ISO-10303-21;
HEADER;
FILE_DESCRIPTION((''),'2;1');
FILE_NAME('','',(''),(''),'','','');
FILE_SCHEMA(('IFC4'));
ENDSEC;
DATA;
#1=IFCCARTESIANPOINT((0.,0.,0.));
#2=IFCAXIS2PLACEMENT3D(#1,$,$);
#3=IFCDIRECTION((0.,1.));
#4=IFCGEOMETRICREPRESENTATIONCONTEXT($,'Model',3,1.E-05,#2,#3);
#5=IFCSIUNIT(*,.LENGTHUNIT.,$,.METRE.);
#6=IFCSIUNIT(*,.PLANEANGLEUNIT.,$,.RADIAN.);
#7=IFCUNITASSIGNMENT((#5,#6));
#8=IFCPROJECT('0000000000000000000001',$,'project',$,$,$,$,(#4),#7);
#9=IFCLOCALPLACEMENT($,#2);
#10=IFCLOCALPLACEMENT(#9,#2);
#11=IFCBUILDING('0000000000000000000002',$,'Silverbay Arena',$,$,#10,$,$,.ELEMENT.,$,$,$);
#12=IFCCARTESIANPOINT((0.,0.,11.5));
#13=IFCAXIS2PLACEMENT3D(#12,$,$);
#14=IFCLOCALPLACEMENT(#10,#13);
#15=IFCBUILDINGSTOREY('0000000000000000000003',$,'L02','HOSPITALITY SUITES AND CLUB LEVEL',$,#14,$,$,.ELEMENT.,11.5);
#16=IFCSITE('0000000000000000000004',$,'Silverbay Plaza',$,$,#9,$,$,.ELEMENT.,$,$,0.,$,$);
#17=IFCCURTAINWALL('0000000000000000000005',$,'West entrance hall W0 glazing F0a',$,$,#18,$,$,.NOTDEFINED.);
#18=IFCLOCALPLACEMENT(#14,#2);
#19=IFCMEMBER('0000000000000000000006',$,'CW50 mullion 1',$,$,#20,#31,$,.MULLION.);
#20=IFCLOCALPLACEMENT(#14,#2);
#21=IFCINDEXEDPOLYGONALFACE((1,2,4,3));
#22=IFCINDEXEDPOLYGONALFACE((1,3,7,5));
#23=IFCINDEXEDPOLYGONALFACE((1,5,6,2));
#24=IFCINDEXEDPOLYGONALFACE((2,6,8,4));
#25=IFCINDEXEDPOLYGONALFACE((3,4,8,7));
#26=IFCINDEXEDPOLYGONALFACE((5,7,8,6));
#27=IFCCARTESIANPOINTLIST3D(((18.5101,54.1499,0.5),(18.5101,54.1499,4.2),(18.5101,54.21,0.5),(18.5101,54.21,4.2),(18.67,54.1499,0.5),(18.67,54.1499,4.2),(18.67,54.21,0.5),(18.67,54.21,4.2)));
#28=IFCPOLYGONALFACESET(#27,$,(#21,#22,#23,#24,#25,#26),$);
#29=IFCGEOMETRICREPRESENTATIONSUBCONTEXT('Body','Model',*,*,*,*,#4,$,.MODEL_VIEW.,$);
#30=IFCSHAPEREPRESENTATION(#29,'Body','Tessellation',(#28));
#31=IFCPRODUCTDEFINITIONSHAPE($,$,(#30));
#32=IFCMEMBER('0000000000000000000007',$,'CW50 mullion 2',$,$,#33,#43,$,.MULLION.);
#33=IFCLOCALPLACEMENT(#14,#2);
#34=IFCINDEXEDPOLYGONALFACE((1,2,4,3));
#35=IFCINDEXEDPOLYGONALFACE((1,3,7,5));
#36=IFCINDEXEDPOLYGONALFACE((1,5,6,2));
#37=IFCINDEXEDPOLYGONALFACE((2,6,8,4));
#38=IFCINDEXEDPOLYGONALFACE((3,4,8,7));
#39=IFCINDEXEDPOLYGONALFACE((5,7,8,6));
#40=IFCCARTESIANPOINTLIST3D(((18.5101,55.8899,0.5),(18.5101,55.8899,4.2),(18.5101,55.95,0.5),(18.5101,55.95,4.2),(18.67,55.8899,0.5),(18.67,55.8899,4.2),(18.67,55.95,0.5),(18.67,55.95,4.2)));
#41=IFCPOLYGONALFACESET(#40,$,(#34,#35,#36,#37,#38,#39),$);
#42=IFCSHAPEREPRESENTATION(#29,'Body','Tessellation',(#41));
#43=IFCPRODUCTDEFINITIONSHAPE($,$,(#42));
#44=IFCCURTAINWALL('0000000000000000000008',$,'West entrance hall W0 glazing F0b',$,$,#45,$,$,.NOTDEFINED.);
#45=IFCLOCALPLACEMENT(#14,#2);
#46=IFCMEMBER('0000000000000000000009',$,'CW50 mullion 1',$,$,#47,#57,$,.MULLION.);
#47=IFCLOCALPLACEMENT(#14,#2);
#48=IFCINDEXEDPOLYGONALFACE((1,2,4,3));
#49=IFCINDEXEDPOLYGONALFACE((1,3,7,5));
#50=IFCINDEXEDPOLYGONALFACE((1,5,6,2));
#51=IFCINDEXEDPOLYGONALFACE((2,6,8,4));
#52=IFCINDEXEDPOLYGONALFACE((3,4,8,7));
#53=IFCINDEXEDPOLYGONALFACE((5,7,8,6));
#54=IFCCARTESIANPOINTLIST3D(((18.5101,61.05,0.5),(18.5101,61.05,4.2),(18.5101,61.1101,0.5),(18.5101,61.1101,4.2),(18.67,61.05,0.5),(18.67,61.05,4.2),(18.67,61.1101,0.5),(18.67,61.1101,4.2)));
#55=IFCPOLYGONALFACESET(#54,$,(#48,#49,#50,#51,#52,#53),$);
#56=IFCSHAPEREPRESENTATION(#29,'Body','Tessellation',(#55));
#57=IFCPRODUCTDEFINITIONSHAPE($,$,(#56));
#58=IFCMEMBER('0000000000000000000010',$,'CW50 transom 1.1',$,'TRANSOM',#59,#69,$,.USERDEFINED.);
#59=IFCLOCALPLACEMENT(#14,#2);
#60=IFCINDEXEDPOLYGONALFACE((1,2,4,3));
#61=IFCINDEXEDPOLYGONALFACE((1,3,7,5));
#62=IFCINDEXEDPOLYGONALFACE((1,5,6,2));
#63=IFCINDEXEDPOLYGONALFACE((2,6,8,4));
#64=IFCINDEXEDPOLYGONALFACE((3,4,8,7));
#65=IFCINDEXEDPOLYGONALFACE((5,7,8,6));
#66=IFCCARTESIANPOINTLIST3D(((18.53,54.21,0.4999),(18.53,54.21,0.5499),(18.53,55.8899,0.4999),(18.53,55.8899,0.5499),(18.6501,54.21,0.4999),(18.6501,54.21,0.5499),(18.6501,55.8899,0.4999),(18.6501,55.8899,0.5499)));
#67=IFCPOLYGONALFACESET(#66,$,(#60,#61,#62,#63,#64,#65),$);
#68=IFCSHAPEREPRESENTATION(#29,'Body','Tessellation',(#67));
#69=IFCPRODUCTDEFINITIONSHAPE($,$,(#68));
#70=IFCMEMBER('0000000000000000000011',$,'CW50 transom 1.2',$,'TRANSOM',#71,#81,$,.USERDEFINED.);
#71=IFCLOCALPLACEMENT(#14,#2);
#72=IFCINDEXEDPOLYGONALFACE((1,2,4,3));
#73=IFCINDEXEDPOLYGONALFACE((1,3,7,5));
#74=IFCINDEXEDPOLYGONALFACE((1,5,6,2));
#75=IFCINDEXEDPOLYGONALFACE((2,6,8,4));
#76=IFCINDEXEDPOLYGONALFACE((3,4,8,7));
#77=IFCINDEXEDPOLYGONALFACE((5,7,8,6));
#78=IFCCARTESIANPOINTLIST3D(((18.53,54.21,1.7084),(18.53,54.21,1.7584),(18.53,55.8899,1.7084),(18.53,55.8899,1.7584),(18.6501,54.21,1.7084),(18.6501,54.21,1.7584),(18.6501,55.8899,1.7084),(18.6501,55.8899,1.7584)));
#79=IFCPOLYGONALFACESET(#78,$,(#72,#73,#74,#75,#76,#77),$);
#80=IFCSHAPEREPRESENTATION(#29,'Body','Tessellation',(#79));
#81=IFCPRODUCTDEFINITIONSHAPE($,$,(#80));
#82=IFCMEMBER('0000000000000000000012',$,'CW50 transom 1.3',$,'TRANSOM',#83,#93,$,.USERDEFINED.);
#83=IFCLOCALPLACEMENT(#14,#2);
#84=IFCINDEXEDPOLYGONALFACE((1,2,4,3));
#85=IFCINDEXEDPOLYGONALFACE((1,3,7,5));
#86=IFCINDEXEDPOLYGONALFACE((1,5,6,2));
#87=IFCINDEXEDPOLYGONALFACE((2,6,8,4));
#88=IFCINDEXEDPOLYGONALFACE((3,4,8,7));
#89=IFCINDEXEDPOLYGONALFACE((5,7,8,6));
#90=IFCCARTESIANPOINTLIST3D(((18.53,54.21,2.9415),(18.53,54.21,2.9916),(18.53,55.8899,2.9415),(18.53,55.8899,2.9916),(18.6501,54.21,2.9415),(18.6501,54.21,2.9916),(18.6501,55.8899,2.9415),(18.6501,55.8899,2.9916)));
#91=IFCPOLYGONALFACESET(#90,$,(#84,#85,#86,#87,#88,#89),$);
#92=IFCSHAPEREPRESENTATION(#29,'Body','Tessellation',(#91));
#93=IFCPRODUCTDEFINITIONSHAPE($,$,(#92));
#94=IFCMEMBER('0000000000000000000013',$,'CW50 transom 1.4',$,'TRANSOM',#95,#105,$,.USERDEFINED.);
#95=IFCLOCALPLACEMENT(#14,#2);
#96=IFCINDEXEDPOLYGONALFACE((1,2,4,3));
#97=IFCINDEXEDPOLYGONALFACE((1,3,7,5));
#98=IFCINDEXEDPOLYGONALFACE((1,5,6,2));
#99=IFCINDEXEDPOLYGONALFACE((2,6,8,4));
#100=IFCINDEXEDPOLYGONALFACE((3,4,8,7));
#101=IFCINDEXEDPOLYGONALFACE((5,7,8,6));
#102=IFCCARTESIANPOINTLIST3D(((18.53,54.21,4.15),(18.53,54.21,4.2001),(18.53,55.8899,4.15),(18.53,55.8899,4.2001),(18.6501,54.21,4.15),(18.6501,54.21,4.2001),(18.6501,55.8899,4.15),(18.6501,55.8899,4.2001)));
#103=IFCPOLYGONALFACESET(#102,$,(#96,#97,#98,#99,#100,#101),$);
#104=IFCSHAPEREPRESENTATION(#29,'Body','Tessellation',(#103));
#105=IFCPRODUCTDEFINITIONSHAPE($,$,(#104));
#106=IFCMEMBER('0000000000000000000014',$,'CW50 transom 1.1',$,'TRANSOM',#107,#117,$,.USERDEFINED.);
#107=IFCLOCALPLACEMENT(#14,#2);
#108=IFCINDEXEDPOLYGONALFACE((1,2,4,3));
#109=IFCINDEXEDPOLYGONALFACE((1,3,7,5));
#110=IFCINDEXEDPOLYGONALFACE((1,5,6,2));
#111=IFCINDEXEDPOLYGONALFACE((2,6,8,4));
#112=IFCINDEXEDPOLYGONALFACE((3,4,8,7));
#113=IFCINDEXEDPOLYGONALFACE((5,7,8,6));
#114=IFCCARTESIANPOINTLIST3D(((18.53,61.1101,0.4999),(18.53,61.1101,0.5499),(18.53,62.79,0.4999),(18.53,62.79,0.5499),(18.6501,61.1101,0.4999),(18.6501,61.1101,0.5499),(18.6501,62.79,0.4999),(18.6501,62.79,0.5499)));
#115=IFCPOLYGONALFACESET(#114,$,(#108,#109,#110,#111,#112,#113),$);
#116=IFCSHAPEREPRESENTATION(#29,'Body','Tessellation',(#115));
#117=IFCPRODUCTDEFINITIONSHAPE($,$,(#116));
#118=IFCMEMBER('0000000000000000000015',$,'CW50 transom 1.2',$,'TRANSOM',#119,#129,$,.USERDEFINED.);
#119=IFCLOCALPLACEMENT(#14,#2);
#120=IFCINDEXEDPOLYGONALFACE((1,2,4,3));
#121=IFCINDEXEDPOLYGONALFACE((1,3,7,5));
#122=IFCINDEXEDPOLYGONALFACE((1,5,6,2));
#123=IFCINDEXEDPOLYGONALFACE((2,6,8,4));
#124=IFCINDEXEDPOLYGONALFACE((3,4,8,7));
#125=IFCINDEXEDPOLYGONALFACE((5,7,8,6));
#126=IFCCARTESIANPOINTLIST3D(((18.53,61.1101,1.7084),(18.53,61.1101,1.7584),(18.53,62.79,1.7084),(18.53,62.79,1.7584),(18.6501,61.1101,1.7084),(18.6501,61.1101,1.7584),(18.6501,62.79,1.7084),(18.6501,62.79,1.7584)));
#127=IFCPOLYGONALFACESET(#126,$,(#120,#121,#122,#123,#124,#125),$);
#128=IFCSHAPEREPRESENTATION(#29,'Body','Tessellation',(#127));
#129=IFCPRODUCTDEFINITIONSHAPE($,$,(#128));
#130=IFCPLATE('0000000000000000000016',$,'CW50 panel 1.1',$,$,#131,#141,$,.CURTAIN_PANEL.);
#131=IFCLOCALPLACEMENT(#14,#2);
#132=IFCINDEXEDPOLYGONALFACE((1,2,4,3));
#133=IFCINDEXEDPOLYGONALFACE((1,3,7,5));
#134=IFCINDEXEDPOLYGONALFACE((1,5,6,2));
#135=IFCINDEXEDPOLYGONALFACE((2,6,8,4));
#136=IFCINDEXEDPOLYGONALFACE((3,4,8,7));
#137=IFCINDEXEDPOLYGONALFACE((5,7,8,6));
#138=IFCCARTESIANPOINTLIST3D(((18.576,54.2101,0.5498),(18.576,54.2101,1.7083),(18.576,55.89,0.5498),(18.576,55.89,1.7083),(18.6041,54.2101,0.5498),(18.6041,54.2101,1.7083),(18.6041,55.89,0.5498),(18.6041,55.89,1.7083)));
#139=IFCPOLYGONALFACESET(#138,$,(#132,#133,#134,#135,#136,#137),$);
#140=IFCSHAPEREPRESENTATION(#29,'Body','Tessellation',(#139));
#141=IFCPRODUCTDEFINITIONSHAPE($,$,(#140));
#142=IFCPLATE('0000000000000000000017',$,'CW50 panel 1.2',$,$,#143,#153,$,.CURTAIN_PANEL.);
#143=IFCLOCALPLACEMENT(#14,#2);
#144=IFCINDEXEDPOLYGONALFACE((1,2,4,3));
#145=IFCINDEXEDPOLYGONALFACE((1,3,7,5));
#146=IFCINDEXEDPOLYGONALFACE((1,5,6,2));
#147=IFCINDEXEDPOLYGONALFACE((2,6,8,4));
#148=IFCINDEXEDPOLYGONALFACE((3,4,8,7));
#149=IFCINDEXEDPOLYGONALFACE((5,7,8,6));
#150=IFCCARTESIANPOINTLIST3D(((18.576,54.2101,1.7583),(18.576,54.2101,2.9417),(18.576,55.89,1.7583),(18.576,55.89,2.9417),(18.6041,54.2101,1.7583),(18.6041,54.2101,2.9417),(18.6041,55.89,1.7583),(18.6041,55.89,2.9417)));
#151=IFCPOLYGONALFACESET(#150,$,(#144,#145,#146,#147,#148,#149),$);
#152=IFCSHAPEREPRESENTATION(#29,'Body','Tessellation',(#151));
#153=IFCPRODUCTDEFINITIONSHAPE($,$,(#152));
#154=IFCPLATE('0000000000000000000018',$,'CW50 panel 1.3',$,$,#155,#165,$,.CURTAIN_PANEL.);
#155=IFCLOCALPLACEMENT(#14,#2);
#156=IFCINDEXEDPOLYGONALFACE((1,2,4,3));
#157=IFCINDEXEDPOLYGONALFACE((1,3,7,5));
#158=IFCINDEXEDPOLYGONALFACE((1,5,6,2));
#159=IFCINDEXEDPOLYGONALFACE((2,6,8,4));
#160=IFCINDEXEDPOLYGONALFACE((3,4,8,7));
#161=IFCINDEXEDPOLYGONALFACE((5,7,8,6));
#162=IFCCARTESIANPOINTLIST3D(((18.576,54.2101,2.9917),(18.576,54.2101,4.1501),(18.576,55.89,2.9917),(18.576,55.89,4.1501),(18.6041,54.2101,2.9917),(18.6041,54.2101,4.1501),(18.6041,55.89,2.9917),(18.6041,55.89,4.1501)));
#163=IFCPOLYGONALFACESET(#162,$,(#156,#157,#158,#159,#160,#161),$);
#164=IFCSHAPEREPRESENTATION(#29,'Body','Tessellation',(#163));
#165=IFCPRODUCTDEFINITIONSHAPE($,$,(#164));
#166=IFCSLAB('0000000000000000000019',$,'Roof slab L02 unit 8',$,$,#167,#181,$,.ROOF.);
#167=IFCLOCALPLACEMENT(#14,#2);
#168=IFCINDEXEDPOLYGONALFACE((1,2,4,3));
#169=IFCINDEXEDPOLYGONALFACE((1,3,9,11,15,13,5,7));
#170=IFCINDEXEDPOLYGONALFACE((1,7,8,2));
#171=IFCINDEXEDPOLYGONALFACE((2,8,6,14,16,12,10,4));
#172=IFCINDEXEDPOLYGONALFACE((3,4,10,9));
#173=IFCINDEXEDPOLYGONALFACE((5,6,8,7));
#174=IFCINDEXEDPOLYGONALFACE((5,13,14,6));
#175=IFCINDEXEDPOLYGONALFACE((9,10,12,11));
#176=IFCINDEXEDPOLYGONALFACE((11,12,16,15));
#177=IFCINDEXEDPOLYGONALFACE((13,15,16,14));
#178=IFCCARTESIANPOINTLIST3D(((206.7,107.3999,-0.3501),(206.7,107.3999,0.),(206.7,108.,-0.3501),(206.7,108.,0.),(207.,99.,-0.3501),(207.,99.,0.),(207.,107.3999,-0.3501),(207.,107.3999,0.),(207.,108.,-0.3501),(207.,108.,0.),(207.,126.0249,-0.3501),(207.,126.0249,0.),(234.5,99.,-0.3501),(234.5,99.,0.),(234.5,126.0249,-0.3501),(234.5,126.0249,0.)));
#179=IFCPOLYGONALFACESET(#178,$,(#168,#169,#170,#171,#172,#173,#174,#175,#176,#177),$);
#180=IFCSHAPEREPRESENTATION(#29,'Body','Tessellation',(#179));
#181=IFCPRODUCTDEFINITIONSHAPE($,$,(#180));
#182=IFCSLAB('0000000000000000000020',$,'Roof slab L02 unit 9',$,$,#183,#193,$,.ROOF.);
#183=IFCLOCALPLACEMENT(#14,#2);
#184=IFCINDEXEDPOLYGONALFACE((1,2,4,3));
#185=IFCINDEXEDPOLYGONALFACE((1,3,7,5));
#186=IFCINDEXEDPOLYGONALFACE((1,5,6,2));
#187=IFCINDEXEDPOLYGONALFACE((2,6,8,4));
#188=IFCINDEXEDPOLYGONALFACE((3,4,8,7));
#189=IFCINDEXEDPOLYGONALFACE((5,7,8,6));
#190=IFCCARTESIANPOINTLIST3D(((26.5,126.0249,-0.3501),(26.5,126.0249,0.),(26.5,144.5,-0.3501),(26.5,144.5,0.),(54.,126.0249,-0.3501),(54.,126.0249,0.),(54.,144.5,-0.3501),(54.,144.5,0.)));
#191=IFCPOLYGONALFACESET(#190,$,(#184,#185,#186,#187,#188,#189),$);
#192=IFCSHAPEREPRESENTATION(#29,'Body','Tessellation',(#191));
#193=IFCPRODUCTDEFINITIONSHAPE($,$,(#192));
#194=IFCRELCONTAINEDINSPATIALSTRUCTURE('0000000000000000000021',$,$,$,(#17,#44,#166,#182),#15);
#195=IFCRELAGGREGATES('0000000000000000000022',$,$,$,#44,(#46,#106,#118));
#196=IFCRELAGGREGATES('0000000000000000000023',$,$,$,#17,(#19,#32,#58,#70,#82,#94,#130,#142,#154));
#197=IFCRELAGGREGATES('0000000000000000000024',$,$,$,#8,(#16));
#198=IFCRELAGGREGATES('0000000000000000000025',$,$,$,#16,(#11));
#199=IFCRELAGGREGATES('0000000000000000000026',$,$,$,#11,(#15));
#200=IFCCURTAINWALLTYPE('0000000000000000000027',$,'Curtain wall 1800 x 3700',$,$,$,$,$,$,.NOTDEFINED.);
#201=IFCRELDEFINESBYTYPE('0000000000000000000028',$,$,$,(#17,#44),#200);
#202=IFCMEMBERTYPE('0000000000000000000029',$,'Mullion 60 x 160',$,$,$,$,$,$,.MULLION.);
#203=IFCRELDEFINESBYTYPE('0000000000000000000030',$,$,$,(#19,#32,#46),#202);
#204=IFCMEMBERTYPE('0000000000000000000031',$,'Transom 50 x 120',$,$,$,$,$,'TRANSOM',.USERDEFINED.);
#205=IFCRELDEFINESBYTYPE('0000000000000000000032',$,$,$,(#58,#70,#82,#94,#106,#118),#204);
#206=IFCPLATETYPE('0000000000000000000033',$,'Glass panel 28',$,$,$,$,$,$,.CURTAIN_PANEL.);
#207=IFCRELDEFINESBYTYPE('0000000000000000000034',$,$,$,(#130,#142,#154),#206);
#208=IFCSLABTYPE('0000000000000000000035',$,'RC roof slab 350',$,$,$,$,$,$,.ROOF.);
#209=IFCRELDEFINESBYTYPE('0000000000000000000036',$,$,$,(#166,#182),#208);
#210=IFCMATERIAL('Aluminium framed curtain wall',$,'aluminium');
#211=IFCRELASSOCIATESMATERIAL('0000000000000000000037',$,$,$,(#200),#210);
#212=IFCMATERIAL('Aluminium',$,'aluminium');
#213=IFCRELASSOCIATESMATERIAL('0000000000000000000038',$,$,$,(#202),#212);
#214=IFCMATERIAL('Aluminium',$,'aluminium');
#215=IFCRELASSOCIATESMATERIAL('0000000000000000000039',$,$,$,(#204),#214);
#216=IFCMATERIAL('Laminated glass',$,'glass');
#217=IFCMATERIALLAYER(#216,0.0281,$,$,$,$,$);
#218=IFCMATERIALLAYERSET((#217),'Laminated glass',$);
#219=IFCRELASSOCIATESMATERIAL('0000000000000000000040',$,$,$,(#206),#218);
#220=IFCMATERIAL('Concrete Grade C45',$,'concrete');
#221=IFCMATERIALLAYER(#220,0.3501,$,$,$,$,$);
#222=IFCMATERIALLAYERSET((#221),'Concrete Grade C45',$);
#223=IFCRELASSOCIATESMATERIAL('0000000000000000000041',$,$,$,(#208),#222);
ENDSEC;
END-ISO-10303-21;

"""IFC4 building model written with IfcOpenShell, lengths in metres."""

from ifc_helpers import new_model, si_unit, direction, frame, origin, origin_2d, place, context, subcontext, project, spatial, polyline, rectangle, outline, extrude, material, layer, layer_set, material_profile, profile_set, type_object, element, aggregate, save


model = new_model("IFC4")

# Units and contexts
model_context = context("Model", 3, precision=1e-05, world=origin(), true_north=direction((0.0, 1.0)))
body_context = subcontext(model_context, "Body", "Model", "MODEL_VIEW")
ifc_project = project(units=[si_unit("LENGTHUNIT", "METRE"), si_unit("PLANEANGLEUNIT", "RADIAN")], contexts=[model_context])

# Site, building, storey
site_placement = place(None, origin())
site = spatial("IfcSite", under=ifc_project, at=site_placement, Name="Silverbay Plaza", CompositionType="ELEMENT", RefElevation=0.0)
building_placement = place(site_placement, origin())
building = spatial("IfcBuilding", under=site, at=building_placement, Name="Silverbay Arena", CompositionType="ELEMENT")
storey_placement = place(building_placement, frame((0.0, 0.0, 11.5)))
storey = spatial("IfcBuildingStorey", under=building, at=storey_placement, Name="L02", Description="HOSPITALITY SUITES AND CLUB LEVEL", CompositionType="ELEMENT", Elevation=11.5)

# Curtain wall, members
ifc_material_1 = material(Name="Aluminium framed curtain wall", Category="aluminium")
curtain_wall_type = type_object("IfcCurtainWallType", Name="Curtain wall 1800 x 3700", PredefinedType="NOTDEFINED", material=ifc_material_1)
curtain_wall_1_placement = place(storey_placement, origin())
curtain_wall_1 = element("IfcCurtainWall", 1, at=curtain_wall_1_placement, inside=storey, type_object=curtain_wall_type, Name="West entrance hall W0 glazing F0a", PredefinedType="NOTDEFINED")
ifc_material_2 = material(Name="Aluminium", Category="aluminium")
ifc_material_profile_1 = material_profile(ifc_material_2, rectangle(XDim=0.1599, YDim=0.0601, at=origin_2d()), Name="Mullion 60 x 160")
ifc_profile_set_1 = profile_set([ifc_material_profile_1], Name="Aluminium")
member_type_1 = type_object("IfcMemberType", Name="Mullion 60 x 160", PredefinedType="MULLION", material=ifc_profile_set_1)
member_1_placement = place(storey_placement, frame((18.5901, 54.1799, 0.5), z_axis=(0.0, 0.0, 1.0), x_axis=(-1.0, 0.0, 0.0)))
member_1 = element("IfcMember", 2, at=member_1_placement, type_object=member_type_1, Name="CW50 mullion 1", PredefinedType="MULLION", context=body_context, shape_type="SweptSolid", body=[
    extrude(rectangle(XDim=0.1599, YDim=0.0601, at=origin_2d()), origin(), (0.0, 0.0, 1.0), 3.7),
])
member_2_placement = place(storey_placement, frame((18.5901, 55.9199, 0.5), z_axis=(0.0, 0.0, 1.0), x_axis=(-1.0, 0.0, 0.0)))
member_2 = element("IfcMember", 3, at=member_2_placement, type_object=member_type_1, Name="CW50 mullion 2", PredefinedType="MULLION", context=body_context, shape_type="SweptSolid", body=[
    extrude(rectangle(XDim=0.1599, YDim=0.0601, at=origin_2d()), origin(), (0.0, 0.0, 1.0), 3.7),
])

# Curtain wall, member
curtain_wall_2_placement = place(storey_placement, origin())
curtain_wall_2 = element("IfcCurtainWall", 4, at=curtain_wall_2_placement, inside=storey, type_object=curtain_wall_type, Name="West entrance hall W0 glazing F0b", PredefinedType="NOTDEFINED")
member_3_placement = place(storey_placement, frame((18.5901, 61.0801, 0.5), z_axis=(0.0, 0.0, 1.0), x_axis=(-1.0, 0.0, 0.0)))
member_3 = element("IfcMember", 5, at=member_3_placement, type_object=member_type_1, Name="CW50 mullion 1", PredefinedType="MULLION", context=body_context, shape_type="SweptSolid", body=[
    extrude(rectangle(XDim=0.1599, YDim=0.0601, at=origin_2d()), origin(), (0.0, 0.0, 1.0), 3.7),
])

# Members
ifc_material_3 = material(Name="Aluminium", Category="aluminium")
ifc_material_profile_2 = material_profile(ifc_material_3, rectangle(XDim=0.1201, YDim=0.05, at=origin_2d()), Name="Transom 50 x 120")
ifc_profile_set_2 = profile_set([ifc_material_profile_2], Name="Aluminium")
member_type_2 = type_object("IfcMemberType", Name="Transom 50 x 120", ElementType="TRANSOM", PredefinedType="USERDEFINED", material=ifc_profile_set_2)
member_4_placement = place(storey_placement, frame((18.5901, 54.21, 0.5249), z_axis=(0.0, 1.0, 0.0), x_axis=(-1.0, 0.0, 0.0)))
member_4 = element("IfcMember", 6, at=member_4_placement, type_object=member_type_2, Name="CW50 transom 1.1", ObjectType="TRANSOM", PredefinedType="USERDEFINED", context=body_context, shape_type="SweptSolid", body=[
    extrude(rectangle(XDim=0.1201, YDim=0.05, at=origin_2d()), origin(), (0.0, 0.0, 1.0), 1.6799),
])
member_5_placement = place(storey_placement, frame((18.5901, 54.21, 1.7334), z_axis=(0.0, 1.0, 0.0), x_axis=(-1.0, 0.0, 0.0)))
member_5 = element("IfcMember", 7, at=member_5_placement, type_object=member_type_2, Name="CW50 transom 1.2", ObjectType="TRANSOM", PredefinedType="USERDEFINED", context=body_context, shape_type="SweptSolid", body=[
    extrude(rectangle(XDim=0.1201, YDim=0.05, at=origin_2d()), origin(), (0.0, 0.0, 1.0), 1.6799),
])
member_6_placement = place(storey_placement, frame((18.5901, 54.21, 2.9666), z_axis=(0.0, 1.0, 0.0), x_axis=(-1.0, 0.0, 0.0)))
member_6 = element("IfcMember", 8, at=member_6_placement, type_object=member_type_2, Name="CW50 transom 1.3", ObjectType="TRANSOM", PredefinedType="USERDEFINED", context=body_context, shape_type="SweptSolid", body=[
    extrude(rectangle(XDim=0.1201, YDim=0.05, at=origin_2d()), origin(), (0.0, 0.0, 1.0), 1.6799),
])
member_7_placement = place(storey_placement, frame((18.5901, 54.21, 4.175), z_axis=(0.0, 1.0, 0.0), x_axis=(-1.0, 0.0, 0.0)))
member_7 = element("IfcMember", 9, at=member_7_placement, type_object=member_type_2, Name="CW50 transom 1.4", ObjectType="TRANSOM", PredefinedType="USERDEFINED", context=body_context, shape_type="SweptSolid", body=[
    extrude(rectangle(XDim=0.1201, YDim=0.05, at=origin_2d()), origin(), (0.0, 0.0, 1.0), 1.6799),
])
member_8_placement = place(storey_placement, frame((18.5901, 61.1101, 0.5249), z_axis=(0.0, 1.0, 0.0), x_axis=(-1.0, 0.0, 0.0)))
member_8 = element("IfcMember", 10, at=member_8_placement, type_object=member_type_2, Name="CW50 transom 1.1", ObjectType="TRANSOM", PredefinedType="USERDEFINED", context=body_context, shape_type="SweptSolid", body=[
    extrude(rectangle(XDim=0.1201, YDim=0.05, at=origin_2d()), origin(), (0.0, 0.0, 1.0), 1.6799),
])
member_9_placement = place(storey_placement, frame((18.5901, 61.1101, 1.7334), z_axis=(0.0, 1.0, 0.0), x_axis=(-1.0, 0.0, 0.0)))
member_9 = element("IfcMember", 11, at=member_9_placement, type_object=member_type_2, Name="CW50 transom 1.2", ObjectType="TRANSOM", PredefinedType="USERDEFINED", context=body_context, shape_type="SweptSolid", body=[
    extrude(rectangle(XDim=0.1201, YDim=0.05, at=origin_2d()), origin(), (0.0, 0.0, 1.0), 1.6799),
])
aggregate(curtain_wall_2, [member_3, member_8, member_9])

# Plates
ifc_material_4 = material(Name="Laminated glass", Category="glass")
ifc_layer_1 = layer(ifc_material_4, 0.0281)
ifc_layer_set_1 = layer_set([ifc_layer_1], Name="Laminated glass")
plate_type = type_object("IfcPlateType", Name="Glass panel 28", PredefinedType="CURTAIN_PANEL", material=ifc_layer_set_1)
plate_1_placement = place(storey_placement, frame((18.5901, 55.05, 0.5498), z_axis=(0.0, 0.0, 1.0), x_axis=(0.0, 1.0, 0.0)))
plate_1 = element("IfcPlate", 12, at=plate_1_placement, type_object=plate_type, Name="CW50 panel 1.1", PredefinedType="CURTAIN_PANEL", context=body_context, shape_type="SweptSolid", body=[
    extrude(rectangle(XDim=1.6799, YDim=0.0281, at=origin_2d()), origin(), (0.0, 0.0, 1.0), 1.1584),
])
plate_2_placement = place(storey_placement, frame((18.5901, 55.05, 1.7583), z_axis=(0.0, 0.0, 1.0), x_axis=(0.0, 1.0, 0.0)))
plate_2 = element("IfcPlate", 13, at=plate_2_placement, type_object=plate_type, Name="CW50 panel 1.2", PredefinedType="CURTAIN_PANEL", context=body_context, shape_type="SweptSolid", body=[
    extrude(rectangle(XDim=1.6799, YDim=0.0281, at=origin_2d()), origin(), (0.0, 0.0, 1.0), 1.1833),
])
plate_3_placement = place(storey_placement, frame((18.5901, 55.05, 2.9917), z_axis=(0.0, 0.0, 1.0), x_axis=(0.0, 1.0, 0.0)))
plate_3 = element("IfcPlate", 14, at=plate_3_placement, type_object=plate_type, Name="CW50 panel 1.3", PredefinedType="CURTAIN_PANEL", context=body_context, shape_type="SweptSolid", body=[
    extrude(rectangle(XDim=1.6799, YDim=0.0281, at=origin_2d()), origin(), (0.0, 0.0, 1.0), 1.1584),
])
aggregate(curtain_wall_1, [member_1, member_2, member_4, member_5, member_6, member_7, plate_1, plate_2, plate_3])

# Slabs
ifc_material_5 = material(Name="Concrete Grade C45", Category="concrete")
ifc_layer_2 = layer(ifc_material_5, 0.3501)
ifc_layer_set_2 = layer_set([ifc_layer_2], Name="Concrete Grade C45")
slab_type = type_object("IfcSlabType", Name="RC roof slab 350", PredefinedType="ROOF", material=ifc_layer_set_2)
slab_1_placement = place(storey_placement, frame((0.0, 0.0, -0.3501)))
element("IfcSlab", 15, at=slab_1_placement, inside=storey, type_object=slab_type, Name="Roof slab L02 unit 8", PredefinedType="ROOF", context=body_context, shape_type="SweptSolid", body=[
    extrude(outline(polyline([(206.7, 108.0), (207.0, 108.0), (207.0, 126.0249), (234.5, 126.0249), (234.5, 99.0), (207.0, 99.0), (207.0, 107.3999), (206.7, 107.3999), (206.7, 108.0)])), origin(), (0.0, 0.0, 1.0), 0.3501),
])
slab_2_placement = place(storey_placement, frame((0.0, 0.0, -0.3501)))
element("IfcSlab", 16, at=slab_2_placement, inside=storey, type_object=slab_type, Name="Roof slab L02 unit 9", PredefinedType="ROOF", context=body_context, shape_type="SweptSolid", body=[
    extrude(outline(polyline([(26.5, 144.5), (54.0, 144.5), (54.0, 126.0249), (26.5, 126.0249), (26.5, 144.5)])), origin(), (0.0, 0.0, 1.0), 0.3501),
])

save(model, "model.ifc")
